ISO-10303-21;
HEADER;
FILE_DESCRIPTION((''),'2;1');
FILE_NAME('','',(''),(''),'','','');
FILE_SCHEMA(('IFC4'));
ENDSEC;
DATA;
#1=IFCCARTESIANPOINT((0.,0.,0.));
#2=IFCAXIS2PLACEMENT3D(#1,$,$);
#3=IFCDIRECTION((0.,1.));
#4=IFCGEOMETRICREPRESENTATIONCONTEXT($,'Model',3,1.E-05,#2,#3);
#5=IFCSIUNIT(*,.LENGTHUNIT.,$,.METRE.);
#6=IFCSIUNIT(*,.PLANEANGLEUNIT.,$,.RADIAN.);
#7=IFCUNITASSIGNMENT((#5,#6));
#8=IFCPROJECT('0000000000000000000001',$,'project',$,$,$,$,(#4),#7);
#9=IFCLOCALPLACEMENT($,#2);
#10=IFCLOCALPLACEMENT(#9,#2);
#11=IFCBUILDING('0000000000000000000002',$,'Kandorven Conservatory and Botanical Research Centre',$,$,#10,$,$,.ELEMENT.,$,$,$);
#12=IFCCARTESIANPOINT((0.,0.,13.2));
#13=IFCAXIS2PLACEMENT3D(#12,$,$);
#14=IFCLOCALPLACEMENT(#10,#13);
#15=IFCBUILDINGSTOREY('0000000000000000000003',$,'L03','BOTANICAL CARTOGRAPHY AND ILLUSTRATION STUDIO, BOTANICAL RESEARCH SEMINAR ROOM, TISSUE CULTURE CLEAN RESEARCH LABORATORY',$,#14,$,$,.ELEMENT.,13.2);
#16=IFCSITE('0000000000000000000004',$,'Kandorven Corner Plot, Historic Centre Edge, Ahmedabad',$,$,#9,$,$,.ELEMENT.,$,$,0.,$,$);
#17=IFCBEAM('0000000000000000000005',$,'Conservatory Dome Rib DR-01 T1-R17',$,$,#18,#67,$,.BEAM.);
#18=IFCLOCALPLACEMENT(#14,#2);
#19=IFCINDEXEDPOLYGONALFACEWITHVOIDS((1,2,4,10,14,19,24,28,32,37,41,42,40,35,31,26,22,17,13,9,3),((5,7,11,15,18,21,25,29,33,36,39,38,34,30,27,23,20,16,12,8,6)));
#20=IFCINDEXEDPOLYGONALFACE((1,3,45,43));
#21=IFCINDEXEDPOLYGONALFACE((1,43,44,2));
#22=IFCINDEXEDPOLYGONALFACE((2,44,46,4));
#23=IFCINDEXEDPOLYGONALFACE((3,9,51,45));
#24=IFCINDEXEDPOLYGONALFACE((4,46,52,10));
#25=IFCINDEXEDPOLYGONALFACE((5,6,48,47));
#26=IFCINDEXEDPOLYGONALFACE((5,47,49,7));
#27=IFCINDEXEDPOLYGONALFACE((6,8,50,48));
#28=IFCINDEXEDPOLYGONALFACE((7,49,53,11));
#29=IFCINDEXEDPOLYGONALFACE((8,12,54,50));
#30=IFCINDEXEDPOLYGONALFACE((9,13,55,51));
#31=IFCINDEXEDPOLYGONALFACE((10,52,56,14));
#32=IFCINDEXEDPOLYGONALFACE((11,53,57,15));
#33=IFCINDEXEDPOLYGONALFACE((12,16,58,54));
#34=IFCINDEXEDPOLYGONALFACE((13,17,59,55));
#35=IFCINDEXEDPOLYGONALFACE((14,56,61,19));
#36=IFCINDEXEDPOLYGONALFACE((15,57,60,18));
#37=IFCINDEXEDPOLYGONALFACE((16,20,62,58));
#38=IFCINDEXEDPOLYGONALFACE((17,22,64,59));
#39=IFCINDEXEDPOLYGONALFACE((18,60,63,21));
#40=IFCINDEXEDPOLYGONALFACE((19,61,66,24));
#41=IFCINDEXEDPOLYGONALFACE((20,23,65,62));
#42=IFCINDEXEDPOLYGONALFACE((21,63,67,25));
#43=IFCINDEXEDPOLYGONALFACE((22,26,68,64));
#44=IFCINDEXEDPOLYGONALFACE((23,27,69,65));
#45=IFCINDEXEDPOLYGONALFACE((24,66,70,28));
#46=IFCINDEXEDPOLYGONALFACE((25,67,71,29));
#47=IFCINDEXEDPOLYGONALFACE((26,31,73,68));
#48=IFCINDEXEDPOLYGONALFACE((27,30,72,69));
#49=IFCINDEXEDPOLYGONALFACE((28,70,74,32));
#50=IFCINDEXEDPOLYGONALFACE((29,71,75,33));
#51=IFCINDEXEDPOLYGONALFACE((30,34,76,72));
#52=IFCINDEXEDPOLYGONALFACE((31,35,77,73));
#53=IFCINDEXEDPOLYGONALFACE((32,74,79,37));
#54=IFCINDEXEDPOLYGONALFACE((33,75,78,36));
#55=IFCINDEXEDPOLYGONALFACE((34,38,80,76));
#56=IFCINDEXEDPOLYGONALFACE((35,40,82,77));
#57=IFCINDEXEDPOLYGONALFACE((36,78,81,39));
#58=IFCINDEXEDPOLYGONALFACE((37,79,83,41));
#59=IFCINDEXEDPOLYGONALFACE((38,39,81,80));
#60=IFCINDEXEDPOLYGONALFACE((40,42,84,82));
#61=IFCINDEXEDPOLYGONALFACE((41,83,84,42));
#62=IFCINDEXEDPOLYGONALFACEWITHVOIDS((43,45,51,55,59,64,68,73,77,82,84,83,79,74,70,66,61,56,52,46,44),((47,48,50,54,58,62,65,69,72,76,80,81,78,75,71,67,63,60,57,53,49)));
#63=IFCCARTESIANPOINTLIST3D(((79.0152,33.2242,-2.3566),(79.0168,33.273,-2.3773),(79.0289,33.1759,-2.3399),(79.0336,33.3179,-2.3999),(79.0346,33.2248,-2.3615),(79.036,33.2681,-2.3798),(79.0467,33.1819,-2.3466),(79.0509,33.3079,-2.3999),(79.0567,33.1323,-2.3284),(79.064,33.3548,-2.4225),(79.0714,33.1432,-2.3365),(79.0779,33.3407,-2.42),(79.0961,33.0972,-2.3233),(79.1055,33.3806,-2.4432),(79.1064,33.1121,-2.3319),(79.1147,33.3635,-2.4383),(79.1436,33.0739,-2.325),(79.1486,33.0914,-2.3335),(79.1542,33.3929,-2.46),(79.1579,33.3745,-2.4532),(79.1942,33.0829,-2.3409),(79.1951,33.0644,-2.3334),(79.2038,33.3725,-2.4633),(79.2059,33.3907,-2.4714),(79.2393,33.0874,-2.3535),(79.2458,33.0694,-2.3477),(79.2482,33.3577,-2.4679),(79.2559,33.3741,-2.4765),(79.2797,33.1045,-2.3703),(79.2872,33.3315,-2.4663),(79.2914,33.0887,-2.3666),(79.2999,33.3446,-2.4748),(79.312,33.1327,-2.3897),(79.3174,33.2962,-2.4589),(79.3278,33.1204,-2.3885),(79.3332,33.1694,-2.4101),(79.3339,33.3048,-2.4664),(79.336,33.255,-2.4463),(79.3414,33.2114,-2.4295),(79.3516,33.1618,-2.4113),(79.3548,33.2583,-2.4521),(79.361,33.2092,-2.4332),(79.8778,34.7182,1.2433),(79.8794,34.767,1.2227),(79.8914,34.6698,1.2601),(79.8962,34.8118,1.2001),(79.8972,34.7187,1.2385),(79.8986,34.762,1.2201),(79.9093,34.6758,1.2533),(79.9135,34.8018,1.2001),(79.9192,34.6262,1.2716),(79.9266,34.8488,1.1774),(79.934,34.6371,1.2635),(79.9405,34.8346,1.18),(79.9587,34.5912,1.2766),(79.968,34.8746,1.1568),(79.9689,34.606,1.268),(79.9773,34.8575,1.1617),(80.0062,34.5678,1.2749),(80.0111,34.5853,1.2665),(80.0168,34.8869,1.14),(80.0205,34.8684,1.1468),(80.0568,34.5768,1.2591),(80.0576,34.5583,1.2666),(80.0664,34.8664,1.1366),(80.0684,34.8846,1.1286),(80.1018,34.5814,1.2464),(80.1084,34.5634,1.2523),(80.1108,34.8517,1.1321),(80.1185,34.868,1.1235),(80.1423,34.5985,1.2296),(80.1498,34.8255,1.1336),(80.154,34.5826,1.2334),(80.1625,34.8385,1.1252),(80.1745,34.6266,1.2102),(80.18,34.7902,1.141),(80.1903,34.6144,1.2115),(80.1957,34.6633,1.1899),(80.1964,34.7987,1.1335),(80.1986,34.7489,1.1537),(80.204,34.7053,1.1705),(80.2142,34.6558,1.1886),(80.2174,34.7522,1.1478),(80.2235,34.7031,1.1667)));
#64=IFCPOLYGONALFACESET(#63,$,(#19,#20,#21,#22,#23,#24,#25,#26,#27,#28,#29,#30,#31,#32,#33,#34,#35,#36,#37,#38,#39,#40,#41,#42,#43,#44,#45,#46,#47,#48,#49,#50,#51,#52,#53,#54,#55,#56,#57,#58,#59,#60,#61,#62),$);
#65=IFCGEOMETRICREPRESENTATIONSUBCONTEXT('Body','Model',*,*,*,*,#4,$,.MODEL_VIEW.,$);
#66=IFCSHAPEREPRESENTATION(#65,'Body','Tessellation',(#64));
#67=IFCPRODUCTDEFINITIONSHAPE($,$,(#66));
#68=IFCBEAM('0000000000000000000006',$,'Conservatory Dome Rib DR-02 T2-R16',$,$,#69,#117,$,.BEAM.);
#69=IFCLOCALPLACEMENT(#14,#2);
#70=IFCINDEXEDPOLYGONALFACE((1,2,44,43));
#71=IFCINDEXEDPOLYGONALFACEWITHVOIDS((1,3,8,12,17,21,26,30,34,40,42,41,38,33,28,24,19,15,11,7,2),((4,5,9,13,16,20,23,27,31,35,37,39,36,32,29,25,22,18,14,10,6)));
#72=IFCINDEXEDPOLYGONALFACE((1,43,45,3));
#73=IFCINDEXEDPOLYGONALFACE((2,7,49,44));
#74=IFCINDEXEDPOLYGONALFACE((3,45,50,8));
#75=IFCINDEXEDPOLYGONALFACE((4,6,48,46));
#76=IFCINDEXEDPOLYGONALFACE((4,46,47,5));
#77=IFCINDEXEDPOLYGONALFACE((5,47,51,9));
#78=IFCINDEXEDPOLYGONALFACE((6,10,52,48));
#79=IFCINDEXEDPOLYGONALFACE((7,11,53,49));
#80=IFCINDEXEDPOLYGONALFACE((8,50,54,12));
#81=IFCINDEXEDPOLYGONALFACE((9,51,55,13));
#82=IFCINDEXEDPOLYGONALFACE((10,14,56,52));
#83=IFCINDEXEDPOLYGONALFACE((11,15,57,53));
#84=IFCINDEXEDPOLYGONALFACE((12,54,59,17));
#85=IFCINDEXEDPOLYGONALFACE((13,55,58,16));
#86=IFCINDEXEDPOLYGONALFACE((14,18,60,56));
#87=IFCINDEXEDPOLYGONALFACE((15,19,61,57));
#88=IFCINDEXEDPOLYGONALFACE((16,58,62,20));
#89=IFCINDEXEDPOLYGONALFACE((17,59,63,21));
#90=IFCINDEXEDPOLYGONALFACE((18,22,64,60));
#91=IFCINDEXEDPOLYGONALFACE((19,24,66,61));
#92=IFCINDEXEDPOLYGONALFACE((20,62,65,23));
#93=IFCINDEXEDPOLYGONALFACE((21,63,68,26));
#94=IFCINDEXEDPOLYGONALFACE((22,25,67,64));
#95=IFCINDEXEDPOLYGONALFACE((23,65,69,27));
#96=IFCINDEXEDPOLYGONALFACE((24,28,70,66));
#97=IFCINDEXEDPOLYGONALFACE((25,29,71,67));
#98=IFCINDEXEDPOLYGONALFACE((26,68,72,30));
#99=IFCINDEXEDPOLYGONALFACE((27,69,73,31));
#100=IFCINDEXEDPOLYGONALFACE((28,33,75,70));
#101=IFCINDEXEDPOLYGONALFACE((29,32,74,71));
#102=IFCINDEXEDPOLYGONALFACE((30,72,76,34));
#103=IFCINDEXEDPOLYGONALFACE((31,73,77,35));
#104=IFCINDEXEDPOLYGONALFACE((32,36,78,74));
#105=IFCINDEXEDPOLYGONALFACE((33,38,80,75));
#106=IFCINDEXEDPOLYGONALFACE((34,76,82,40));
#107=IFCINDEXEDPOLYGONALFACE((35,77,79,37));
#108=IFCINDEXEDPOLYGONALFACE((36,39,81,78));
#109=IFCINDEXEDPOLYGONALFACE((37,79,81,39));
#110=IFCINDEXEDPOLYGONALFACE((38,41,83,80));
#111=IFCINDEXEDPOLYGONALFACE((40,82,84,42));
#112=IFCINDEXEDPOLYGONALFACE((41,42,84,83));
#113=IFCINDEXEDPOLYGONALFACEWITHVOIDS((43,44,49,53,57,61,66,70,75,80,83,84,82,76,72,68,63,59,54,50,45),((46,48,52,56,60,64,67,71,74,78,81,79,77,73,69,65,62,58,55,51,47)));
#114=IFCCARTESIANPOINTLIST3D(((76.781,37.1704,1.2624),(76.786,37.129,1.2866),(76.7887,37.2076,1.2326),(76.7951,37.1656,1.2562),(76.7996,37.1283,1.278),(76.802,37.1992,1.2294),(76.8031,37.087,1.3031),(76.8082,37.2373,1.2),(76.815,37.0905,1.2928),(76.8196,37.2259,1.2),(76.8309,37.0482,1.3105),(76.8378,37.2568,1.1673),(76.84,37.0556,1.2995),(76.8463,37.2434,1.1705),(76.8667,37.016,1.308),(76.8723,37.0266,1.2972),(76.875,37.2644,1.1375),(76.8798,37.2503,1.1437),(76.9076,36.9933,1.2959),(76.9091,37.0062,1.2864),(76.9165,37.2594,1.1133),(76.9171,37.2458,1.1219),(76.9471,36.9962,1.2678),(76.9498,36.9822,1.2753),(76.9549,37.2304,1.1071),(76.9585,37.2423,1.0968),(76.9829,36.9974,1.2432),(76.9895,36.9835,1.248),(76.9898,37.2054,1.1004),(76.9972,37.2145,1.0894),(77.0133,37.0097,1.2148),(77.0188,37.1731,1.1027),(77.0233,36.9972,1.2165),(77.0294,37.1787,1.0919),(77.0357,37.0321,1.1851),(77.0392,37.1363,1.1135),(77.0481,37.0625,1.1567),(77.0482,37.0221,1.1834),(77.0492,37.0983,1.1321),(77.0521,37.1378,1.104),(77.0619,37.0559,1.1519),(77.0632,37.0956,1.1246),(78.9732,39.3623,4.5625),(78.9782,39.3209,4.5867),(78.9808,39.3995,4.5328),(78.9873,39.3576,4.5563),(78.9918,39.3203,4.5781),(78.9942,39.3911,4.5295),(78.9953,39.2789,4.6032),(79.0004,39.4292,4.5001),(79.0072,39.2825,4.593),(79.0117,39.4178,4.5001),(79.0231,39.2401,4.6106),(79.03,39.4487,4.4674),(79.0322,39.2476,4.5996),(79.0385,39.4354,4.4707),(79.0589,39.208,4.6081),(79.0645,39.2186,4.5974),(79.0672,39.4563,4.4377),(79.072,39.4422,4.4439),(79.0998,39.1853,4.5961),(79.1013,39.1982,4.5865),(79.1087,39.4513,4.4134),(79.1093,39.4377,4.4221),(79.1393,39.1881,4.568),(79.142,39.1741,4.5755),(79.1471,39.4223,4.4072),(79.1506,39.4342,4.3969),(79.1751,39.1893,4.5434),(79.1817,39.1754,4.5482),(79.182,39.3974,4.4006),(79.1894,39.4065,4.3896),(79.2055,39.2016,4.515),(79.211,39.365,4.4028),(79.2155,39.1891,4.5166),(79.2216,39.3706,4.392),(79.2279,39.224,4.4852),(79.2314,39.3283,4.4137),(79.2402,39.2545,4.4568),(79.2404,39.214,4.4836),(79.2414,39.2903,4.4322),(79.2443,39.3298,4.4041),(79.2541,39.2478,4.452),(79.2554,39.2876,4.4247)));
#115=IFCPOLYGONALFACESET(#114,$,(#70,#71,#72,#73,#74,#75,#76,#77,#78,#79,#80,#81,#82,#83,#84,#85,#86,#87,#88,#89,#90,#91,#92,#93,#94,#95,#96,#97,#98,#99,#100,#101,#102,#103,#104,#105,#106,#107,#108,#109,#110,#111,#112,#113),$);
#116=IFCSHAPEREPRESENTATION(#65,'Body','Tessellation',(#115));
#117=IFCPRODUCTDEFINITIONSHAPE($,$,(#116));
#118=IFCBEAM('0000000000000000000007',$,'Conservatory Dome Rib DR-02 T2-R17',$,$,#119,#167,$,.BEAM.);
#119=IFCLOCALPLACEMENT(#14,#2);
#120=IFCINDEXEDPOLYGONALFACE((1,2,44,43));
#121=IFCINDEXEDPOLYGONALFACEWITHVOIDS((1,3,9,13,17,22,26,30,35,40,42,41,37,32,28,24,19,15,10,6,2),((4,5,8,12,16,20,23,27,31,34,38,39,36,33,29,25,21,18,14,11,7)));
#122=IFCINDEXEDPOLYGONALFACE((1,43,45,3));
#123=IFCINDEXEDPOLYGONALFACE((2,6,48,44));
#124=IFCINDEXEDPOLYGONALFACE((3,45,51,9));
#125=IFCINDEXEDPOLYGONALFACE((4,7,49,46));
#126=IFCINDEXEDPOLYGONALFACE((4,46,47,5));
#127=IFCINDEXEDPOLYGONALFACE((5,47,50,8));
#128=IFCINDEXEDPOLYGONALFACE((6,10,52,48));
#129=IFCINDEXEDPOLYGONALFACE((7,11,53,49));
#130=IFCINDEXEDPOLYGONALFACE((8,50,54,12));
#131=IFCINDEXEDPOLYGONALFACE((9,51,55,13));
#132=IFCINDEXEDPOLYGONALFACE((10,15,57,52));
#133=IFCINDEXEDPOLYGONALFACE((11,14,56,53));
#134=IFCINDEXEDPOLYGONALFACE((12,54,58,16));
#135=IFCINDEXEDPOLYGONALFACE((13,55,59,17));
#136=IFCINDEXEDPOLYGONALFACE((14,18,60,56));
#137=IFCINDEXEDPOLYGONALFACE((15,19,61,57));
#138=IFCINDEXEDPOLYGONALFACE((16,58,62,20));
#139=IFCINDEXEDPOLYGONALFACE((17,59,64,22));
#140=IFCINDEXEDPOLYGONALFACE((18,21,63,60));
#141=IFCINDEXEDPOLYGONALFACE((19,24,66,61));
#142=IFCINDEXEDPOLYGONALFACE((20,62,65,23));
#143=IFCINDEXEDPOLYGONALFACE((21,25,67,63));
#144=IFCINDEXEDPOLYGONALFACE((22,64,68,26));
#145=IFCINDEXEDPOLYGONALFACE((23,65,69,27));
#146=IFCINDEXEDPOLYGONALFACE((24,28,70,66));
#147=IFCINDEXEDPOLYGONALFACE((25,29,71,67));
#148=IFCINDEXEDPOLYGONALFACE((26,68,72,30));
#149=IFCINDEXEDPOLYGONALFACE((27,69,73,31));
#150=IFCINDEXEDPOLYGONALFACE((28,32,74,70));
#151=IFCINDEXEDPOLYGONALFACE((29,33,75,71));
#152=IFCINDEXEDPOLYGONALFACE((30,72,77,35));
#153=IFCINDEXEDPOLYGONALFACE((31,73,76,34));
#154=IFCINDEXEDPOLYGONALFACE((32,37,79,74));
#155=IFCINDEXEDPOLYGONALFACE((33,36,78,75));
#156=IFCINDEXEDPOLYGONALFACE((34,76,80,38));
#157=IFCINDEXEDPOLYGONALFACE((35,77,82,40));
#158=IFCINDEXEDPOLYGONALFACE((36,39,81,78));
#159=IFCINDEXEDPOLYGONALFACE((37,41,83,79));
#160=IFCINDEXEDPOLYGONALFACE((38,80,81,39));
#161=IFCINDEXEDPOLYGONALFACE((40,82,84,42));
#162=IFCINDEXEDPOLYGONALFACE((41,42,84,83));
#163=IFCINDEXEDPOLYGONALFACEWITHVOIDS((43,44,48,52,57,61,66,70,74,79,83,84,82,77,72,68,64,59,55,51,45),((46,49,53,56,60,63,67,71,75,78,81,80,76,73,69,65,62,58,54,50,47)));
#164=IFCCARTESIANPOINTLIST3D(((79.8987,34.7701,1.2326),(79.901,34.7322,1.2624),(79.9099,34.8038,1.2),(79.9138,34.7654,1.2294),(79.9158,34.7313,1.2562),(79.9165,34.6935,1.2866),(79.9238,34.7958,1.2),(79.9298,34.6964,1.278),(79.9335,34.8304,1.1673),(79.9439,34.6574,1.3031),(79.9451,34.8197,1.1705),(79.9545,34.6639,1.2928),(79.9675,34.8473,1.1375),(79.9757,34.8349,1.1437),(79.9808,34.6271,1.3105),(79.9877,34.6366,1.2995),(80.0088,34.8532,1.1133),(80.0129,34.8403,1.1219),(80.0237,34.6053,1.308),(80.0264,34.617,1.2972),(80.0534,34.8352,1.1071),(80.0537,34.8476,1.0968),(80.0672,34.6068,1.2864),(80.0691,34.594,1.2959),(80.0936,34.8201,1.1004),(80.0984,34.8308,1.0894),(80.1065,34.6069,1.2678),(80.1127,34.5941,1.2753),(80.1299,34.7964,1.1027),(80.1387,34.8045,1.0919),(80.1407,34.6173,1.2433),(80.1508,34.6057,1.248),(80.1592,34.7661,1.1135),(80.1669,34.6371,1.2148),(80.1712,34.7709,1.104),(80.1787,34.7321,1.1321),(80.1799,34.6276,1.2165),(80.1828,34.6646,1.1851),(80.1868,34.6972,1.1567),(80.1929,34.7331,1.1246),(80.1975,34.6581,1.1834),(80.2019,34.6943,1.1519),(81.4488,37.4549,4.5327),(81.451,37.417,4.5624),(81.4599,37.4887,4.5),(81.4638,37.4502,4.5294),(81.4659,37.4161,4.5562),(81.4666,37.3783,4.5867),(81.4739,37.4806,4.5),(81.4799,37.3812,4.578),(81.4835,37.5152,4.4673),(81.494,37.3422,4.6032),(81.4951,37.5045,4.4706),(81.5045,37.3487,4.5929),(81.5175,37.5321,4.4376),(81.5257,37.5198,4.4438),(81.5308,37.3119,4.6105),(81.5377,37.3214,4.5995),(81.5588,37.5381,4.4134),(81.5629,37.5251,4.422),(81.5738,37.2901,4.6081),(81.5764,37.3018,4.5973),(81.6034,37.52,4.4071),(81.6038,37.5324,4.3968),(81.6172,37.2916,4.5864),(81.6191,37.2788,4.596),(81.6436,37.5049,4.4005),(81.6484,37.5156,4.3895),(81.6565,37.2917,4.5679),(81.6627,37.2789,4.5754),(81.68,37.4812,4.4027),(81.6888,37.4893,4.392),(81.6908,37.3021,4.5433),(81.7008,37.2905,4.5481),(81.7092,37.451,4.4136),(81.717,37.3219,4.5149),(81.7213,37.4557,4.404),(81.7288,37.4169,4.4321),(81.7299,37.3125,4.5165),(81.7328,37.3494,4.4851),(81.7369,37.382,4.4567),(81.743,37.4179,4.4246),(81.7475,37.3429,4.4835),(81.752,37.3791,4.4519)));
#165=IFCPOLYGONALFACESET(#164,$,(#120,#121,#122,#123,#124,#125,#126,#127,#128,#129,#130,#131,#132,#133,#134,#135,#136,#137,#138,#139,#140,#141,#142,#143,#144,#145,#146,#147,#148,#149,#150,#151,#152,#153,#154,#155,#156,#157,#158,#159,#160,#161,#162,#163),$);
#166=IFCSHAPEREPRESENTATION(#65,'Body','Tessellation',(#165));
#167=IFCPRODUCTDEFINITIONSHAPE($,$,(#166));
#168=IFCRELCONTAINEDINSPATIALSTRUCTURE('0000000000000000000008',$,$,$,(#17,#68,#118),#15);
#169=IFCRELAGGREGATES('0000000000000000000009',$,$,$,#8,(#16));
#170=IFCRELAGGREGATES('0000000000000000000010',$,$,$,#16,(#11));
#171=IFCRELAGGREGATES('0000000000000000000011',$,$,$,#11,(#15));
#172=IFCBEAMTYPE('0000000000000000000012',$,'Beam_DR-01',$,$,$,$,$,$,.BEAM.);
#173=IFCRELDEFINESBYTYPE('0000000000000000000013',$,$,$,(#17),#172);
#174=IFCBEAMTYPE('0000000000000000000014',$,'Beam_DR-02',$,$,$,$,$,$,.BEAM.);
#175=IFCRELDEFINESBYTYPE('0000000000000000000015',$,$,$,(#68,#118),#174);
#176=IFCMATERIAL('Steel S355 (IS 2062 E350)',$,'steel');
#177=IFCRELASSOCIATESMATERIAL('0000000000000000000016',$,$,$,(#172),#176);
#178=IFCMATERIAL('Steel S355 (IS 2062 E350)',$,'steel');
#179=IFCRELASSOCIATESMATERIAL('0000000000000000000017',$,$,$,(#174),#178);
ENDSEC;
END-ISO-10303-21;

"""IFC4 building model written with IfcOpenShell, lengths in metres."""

from ifc_helpers import new_model, si_unit, direction, frame, origin, origin_2d, place, context, subcontext, project, spatial, hollow_circle, extrude, material, material_profile, profile_set, type_object, element, save


model = new_model("IFC4")

# Units and contexts
model_context = context("Model", 3, precision=1e-05, world=origin(), true_north=direction((0.0, 1.0)))
body_context = subcontext(model_context, "Body", "Model", "MODEL_VIEW")
ifc_project = project(units=[si_unit("LENGTHUNIT", "METRE"), si_unit("PLANEANGLEUNIT", "RADIAN")], contexts=[model_context])

# Site, building, storey
site_placement = place(None, origin())
site = spatial("IfcSite", under=ifc_project, at=site_placement, Name="Kandorven Corner Plot, Historic Centre Edge, Ahmedabad", CompositionType="ELEMENT", RefElevation=0.0)
building_placement = place(site_placement, origin())
building = spatial("IfcBuilding", under=site, at=building_placement, Name="Kandorven Conservatory and Botanical Research Centre", CompositionType="ELEMENT")
storey_placement = place(building_placement, frame((0.0, 0.0, 13.2)))
storey = spatial("IfcBuildingStorey", under=building, at=storey_placement, Name="L03", Description="BOTANICAL CARTOGRAPHY AND ILLUSTRATION STUDIO, BOTANICAL RESEARCH SEMINAR ROOM, TISSUE CULTURE CLEAN RESEARCH LABORATORY", CompositionType="ELEMENT", Elevation=13.2)

# Beams
ifc_material_1 = material(Name="Steel S355 (IS 2062 E350)", Category="steel")
ifc_material_profile_1 = material_profile(ifc_material_1, hollow_circle(Radius=0.1777, WallThickness=0.02, at=origin_2d()))
ifc_profile_set_1 = profile_set([ifc_material_profile_1], Name="Steel S355 (IS 2062 E350)")
beam_type_1 = type_object("IfcBeamType", Name="Beam_DR-01", PredefinedType="BEAM", material=ifc_profile_set_1)
beam_placement = place(storey_placement, frame((79.1875, 33.229, -2.3999), z_axis=(0.216079, 0.374239, 0.901807), x_axis=(-0.866014, 0.500021, 0.0)))
element("IfcBeam", 1, at=beam_placement, inside=storey, type_object=beam_type_1, Name="Conservatory Dome Rib DR-01 T1-R17", PredefinedType="BEAM", context=body_context, shape_type="SweptSolid", body=[
    extrude(hollow_circle(Radius=0.1777, WallThickness=0.02, at=origin_2d()), origin(), (0.0, 0.0, 1.0), 3.9919),
])
ifc_material_2 = material(Name="Steel S355 (IS 2062 E350)", Category="steel")
ifc_material_profile_2 = material_profile(ifc_material_2, hollow_circle(Radius=0.1619, WallThickness=0.0161, at=origin_2d()))
ifc_profile_set_2 = profile_set([ifc_material_profile_2], Name="Steel S355 (IS 2062 E350)")
beam_type_2 = type_object("IfcBeamType", Name="Beam_DR-02", PredefinedType="BEAM", material=ifc_profile_set_2)
for number, where, z_axis, x_axis, name in (
    (2, (76.9226, 37.1228, 1.2), (0.48416, 0.484106, 0.728855), (-0.707067, 0.707146, 0.0), "Conservatory Dome Rib DR-02 T2-R16"),
    (3, (80.05, 34.7229, 1.2), (0.342338, 0.592959, 0.728837), (-0.86603, 0.499993, 0.0), "Conservatory Dome Rib DR-02 T2-R17"),
):
    element("IfcBeam", number, at=place(storey_placement, frame(where, z_axis=z_axis, x_axis=x_axis)), inside=storey, type_object=beam_type_2, Name=name, PredefinedType="BEAM", context=body_context, shape_type="SweptSolid", body=[
        extrude(hollow_circle(Radius=0.1619, WallThickness=0.0161, at=origin_2d()), origin(), (0.0, 0.0, 1.0), 4.5278),
    ])

save(model, "model.ifc")
